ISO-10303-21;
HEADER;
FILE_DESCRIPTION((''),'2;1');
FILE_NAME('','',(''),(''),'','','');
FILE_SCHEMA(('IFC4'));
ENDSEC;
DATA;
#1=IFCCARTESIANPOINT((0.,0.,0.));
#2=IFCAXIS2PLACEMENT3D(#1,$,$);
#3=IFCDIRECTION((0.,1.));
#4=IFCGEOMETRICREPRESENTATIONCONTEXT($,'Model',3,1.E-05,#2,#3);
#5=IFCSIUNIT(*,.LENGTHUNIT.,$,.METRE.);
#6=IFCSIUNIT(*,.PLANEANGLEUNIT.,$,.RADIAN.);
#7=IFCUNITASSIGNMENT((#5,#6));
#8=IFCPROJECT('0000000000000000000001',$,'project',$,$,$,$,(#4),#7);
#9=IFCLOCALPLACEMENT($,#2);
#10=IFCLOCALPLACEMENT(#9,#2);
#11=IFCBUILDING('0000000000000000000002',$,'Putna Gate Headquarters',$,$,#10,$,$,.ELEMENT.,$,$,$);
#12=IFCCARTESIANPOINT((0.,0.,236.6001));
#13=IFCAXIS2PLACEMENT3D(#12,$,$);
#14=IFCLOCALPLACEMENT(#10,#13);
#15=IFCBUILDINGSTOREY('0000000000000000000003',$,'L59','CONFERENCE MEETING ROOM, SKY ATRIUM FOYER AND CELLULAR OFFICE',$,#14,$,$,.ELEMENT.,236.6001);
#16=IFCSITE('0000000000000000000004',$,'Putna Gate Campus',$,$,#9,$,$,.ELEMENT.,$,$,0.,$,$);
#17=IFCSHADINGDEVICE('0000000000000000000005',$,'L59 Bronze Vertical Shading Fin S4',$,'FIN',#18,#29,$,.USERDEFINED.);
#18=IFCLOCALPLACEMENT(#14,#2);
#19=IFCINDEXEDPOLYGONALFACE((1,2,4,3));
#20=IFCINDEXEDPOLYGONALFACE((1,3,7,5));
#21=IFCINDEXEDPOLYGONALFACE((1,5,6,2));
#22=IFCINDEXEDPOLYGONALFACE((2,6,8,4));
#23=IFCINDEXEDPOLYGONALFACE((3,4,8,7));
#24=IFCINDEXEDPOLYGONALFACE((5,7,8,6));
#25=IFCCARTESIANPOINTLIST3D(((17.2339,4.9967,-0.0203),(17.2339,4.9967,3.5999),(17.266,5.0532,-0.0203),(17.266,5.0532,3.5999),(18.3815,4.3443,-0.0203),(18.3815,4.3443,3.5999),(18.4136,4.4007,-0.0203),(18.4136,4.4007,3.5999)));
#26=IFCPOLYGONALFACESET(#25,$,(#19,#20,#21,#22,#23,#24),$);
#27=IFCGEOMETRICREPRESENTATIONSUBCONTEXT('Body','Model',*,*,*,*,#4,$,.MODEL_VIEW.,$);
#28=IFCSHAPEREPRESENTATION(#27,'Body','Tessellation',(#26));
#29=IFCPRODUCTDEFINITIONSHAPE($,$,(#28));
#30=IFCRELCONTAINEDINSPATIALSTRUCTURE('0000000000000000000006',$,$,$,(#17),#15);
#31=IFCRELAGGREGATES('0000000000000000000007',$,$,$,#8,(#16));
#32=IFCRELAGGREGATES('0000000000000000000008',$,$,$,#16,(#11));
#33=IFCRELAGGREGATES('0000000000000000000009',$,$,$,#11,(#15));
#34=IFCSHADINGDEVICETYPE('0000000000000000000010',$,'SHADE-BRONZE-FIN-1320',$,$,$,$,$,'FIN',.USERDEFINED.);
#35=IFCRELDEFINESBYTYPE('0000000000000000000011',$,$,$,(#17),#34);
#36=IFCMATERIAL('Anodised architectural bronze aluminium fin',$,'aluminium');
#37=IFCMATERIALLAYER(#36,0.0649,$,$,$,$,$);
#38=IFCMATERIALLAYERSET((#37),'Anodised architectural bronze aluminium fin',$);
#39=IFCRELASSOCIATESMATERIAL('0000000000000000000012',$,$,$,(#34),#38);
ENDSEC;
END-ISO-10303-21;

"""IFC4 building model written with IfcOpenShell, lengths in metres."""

from ifc_helpers import new_model, si_unit, direction, frame, origin, origin_2d, place, context, subcontext, project, spatial, rectangle, extrude, material, layer, layer_set, type_object, element, save


model = new_model("IFC4")

# Units and contexts
model_context = context("Model", 3, precision=1e-05, world=origin(), true_north=direction((0.0, 1.0)))
body_context = subcontext(model_context, "Body", "Model", "MODEL_VIEW")
ifc_project = project(units=[si_unit("LENGTHUNIT", "METRE"), si_unit("PLANEANGLEUNIT", "RADIAN")], contexts=[model_context])

# Site, building, storey
site_placement = place(None, origin())
site = spatial("IfcSite", under=ifc_project, at=site_placement, Name="Putna Gate Campus", CompositionType="ELEMENT", RefElevation=0.0)
building_placement = place(site_placement, origin())
building = spatial("IfcBuilding", under=site, at=building_placement, Name="Putna Gate Headquarters", CompositionType="ELEMENT")
storey_placement = place(building_placement, frame((0.0, 0.0, 236.6001)))
storey = spatial("IfcBuildingStorey", under=building, at=storey_placement, Name="L59", Description="CONFERENCE MEETING ROOM, SKY ATRIUM FOYER AND CELLULAR OFFICE", CompositionType="ELEMENT", Elevation=236.6001)

# Shading device
ifc_material_1 = material(Name="Anodised architectural bronze aluminium fin", Category="aluminium")
ifc_layer_1 = layer(ifc_material_1, 0.0649)
ifc_layer_set_1 = layer_set([ifc_layer_1], Name="Anodised architectural bronze aluminium fin")
shading_device_type = type_object("IfcShadingDeviceType", Name="SHADE-BRONZE-FIN-1320", ElementType="FIN", PredefinedType="USERDEFINED", material=ifc_layer_set_1)
for number, where, z_axis, x_axis, name in (
    (1, (17.8237, 4.6987, -0.0203), (0.0, 0.0, 1.0), (0.869322, -0.494245, 0.0), "L59 Bronze Vertical Shading Fin S4"),
):
    element("IfcShadingDevice", number, at=place(storey_placement, frame(where, z_axis=z_axis, x_axis=x_axis)), inside=storey, type_object=shading_device_type, Name=name, ObjectType="FIN", PredefinedType="USERDEFINED", context=body_context, shape_type="SweptSolid", body=[
        extrude(rectangle(XDim=1.3201, YDim=0.0649, at=origin_2d()), origin(), (0.0, 0.0, 1.0), 3.6201),
    ])

save(model, "model.ifc")
